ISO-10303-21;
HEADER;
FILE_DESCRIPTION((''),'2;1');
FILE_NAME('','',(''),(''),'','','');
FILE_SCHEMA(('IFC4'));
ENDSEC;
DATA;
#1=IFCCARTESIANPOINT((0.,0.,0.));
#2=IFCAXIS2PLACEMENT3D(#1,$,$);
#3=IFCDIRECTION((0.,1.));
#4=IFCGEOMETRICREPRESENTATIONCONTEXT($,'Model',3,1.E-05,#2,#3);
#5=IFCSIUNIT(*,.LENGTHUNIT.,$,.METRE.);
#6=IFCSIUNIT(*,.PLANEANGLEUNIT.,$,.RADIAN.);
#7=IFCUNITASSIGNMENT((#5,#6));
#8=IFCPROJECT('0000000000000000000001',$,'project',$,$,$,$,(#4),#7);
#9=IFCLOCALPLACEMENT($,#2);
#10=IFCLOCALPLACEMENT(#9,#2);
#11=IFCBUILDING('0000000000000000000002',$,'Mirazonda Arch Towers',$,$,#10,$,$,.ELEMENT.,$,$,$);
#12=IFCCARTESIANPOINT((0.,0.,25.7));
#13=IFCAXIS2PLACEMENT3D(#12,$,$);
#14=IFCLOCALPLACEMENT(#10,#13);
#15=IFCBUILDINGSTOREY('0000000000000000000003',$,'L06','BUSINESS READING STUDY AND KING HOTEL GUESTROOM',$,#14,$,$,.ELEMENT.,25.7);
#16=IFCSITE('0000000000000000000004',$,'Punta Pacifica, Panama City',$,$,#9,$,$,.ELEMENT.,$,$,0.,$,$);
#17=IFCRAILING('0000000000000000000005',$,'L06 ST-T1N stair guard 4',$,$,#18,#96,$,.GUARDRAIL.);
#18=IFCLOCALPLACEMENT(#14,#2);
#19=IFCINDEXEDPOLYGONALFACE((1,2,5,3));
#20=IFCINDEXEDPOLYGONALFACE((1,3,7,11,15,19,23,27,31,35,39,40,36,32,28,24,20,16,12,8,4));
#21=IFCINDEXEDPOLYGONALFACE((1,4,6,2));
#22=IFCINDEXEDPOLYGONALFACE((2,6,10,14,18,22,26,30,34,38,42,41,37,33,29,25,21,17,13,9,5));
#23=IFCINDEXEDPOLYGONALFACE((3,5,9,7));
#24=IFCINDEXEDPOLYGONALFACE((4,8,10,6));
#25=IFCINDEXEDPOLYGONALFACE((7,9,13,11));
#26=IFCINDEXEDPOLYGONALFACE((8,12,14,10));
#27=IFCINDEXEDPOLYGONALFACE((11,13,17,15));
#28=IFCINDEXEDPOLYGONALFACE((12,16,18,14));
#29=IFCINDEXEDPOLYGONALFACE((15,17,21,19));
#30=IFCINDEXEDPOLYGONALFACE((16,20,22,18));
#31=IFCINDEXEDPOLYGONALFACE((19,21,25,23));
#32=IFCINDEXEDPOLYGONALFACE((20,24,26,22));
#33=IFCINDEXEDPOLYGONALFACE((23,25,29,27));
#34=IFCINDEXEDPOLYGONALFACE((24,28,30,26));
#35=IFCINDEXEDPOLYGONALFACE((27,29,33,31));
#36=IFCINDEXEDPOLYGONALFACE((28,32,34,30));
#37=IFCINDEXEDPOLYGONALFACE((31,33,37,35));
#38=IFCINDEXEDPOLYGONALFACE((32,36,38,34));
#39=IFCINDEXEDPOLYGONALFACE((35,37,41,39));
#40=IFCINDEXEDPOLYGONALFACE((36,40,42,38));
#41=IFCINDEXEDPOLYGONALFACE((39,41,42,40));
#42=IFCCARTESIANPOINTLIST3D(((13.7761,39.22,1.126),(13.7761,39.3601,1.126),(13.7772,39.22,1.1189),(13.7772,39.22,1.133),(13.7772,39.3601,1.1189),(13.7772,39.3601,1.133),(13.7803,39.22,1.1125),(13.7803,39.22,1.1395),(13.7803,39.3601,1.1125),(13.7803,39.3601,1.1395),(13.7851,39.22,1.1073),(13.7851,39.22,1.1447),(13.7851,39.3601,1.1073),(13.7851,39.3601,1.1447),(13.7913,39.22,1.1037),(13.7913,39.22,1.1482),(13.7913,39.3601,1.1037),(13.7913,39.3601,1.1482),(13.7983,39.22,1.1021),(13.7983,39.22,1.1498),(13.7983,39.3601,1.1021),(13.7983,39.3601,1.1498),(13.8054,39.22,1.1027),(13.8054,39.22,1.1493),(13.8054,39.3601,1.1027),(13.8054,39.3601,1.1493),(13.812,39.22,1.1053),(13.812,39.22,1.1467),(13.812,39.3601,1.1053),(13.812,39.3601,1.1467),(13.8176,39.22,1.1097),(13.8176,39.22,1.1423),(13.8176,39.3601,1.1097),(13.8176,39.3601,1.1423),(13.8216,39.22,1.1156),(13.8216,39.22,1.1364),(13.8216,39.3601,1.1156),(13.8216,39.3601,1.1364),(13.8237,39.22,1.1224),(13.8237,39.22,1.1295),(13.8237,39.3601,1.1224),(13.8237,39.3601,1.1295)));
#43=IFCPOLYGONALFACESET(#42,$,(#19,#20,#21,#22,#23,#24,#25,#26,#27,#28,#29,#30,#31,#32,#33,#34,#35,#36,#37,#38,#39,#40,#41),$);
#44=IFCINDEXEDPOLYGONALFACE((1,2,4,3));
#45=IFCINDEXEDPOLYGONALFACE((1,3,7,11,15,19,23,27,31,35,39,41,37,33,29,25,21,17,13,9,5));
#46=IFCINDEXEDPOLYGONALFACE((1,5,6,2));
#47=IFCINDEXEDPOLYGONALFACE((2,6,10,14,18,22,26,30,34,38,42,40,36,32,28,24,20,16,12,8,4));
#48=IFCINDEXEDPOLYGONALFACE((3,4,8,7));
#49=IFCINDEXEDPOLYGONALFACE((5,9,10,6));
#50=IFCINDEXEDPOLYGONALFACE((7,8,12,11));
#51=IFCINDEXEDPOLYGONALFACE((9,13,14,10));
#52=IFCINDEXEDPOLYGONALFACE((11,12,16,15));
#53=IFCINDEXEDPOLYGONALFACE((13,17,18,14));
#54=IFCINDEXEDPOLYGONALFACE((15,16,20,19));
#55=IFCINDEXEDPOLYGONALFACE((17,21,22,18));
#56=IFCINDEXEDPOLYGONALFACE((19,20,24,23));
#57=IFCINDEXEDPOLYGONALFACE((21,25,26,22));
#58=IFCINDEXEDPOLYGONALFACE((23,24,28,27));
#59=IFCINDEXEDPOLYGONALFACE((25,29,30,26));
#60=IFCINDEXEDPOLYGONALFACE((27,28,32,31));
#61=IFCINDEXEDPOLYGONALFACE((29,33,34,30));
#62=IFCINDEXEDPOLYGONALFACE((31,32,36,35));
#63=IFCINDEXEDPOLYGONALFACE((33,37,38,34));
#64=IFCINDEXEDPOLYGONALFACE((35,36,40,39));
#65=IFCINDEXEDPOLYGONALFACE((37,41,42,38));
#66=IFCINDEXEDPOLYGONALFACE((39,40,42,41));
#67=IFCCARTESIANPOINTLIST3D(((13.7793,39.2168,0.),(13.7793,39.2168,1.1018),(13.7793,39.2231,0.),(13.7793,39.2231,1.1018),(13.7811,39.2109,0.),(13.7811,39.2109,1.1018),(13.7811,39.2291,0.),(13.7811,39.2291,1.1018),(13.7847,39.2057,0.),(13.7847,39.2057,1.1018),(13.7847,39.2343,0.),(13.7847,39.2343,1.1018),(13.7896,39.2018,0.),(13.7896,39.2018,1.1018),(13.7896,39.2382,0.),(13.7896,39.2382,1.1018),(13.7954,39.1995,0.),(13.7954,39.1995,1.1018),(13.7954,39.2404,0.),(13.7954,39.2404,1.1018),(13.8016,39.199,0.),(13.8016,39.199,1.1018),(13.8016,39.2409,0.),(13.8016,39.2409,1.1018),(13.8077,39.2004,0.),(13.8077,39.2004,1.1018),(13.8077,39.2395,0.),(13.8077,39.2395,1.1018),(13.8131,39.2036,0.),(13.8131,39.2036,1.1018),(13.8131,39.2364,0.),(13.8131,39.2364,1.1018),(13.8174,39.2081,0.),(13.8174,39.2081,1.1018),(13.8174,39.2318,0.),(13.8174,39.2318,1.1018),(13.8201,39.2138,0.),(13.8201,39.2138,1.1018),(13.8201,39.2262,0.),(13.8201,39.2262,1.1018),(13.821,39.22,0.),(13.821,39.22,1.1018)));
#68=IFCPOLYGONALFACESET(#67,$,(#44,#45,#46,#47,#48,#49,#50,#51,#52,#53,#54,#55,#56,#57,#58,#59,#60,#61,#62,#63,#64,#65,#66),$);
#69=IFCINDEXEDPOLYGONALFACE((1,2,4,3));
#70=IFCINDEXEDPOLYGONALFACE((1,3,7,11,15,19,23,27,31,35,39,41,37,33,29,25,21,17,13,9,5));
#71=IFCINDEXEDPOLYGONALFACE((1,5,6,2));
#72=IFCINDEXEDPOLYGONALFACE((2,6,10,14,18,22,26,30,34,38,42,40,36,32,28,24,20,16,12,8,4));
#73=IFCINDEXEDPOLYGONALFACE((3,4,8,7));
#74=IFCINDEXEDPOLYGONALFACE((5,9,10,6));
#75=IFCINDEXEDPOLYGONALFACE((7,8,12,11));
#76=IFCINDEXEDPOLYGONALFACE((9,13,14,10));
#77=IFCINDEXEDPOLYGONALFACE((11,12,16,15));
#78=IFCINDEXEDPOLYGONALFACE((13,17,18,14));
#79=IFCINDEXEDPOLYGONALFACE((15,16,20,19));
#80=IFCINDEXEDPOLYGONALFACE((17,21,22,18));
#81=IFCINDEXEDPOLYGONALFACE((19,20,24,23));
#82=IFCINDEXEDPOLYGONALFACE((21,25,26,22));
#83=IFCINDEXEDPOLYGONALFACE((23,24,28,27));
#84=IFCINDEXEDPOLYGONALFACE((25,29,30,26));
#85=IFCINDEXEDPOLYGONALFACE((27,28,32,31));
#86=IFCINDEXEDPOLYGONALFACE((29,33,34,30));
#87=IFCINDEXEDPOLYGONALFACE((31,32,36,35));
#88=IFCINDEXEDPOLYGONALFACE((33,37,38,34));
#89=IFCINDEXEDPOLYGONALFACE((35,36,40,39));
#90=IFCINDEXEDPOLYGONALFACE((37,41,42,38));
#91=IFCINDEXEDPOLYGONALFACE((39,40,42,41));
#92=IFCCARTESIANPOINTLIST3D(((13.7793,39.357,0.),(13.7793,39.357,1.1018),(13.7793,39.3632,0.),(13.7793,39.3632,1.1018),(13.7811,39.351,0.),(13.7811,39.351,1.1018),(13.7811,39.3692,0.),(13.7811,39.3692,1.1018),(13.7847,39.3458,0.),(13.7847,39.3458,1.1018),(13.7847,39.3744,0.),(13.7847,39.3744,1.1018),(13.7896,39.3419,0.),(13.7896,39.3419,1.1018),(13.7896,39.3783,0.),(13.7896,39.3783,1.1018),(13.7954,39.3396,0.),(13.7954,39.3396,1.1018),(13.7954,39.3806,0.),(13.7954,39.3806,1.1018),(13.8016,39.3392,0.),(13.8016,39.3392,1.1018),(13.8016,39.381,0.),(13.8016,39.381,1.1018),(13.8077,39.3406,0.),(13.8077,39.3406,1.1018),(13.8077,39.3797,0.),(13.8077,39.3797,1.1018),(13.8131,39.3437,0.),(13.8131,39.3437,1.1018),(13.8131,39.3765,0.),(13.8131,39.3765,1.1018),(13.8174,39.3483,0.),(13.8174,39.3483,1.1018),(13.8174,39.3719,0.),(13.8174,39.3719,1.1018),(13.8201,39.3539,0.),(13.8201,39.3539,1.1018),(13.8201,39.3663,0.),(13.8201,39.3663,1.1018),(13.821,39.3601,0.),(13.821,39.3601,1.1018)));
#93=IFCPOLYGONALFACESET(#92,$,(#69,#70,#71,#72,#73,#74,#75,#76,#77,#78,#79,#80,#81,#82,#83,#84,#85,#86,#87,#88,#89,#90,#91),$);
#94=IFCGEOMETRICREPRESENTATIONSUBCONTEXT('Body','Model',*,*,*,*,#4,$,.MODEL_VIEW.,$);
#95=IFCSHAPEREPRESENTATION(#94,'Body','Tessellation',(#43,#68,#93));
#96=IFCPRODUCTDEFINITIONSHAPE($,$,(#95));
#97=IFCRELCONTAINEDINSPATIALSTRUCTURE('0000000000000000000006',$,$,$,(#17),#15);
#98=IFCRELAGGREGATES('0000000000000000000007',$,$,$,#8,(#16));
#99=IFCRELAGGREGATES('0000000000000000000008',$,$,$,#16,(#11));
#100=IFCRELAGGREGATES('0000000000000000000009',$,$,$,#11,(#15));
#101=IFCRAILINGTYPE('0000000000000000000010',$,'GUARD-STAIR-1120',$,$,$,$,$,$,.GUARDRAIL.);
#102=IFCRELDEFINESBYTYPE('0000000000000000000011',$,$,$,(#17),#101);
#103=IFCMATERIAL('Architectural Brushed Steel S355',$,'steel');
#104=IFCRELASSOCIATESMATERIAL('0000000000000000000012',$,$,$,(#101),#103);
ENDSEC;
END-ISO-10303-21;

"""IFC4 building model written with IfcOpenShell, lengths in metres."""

from ifc_helpers import new_model, si_unit, direction, frame, origin, origin_2d, place, context, subcontext, project, spatial, circle, extrude, material, type_object, element, save


model = new_model("IFC4")

# Units and contexts
model_context = context("Model", 3, precision=1e-05, world=origin(), true_north=direction((0.0, 1.0)))
body_context = subcontext(model_context, "Body", "Model", "MODEL_VIEW")
ifc_project = project(units=[si_unit("LENGTHUNIT", "METRE"), si_unit("PLANEANGLEUNIT", "RADIAN")], contexts=[model_context])

# Site, building, storey
site_placement = place(None, origin())
site = spatial("IfcSite", under=ifc_project, at=site_placement, Name="Punta Pacifica, Panama City", CompositionType="ELEMENT", RefElevation=0.0)
building_placement = place(site_placement, origin())
building = spatial("IfcBuilding", under=site, at=building_placement, Name="Mirazonda Arch Towers", CompositionType="ELEMENT")
storey_placement = place(building_placement, frame((0.0, 0.0, 25.7)))
storey = spatial("IfcBuildingStorey", under=building, at=storey_placement, Name="L06", Description="BUSINESS READING STUDY AND KING HOTEL GUESTROOM", CompositionType="ELEMENT", Elevation=25.7)

# Shared definitions
ifc_material_1 = material(Name="Architectural Brushed Steel S355", Category="steel")

# Railing
railing_type_1 = type_object("IfcRailingType", Name="GUARD-STAIR-1120", PredefinedType="GUARDRAIL", material=ifc_material_1)
railing_1_placement = place(storey_placement, frame((13.8, 39.22, 0.0)))
element("IfcRailing", 1, at=railing_1_placement, inside=storey, type_object=railing_type_1, Name="L06 ST-T1N stair guard 4", PredefinedType="GUARDRAIL", context=body_context, shape_type="SweptSolid", body=[
    extrude(circle(Radius=0.0239, at=origin_2d()), frame((0.0, 0.0, 1.126), z_axis=(0.0, 1.0, 0.0), x_axis=(-1.0, 0.0, 0.0)), (0.0, 0.0, 1.0), 0.1401),
    extrude(circle(Radius=0.021, at=origin_2d()), origin(), (0.0, 0.0, 1.0), 1.1018),
    extrude(circle(Radius=0.021, at=origin_2d()), frame((0.0, 0.1401, 0.0)), (0.0, 0.0, 1.0), 1.1018),
])

save(model, "model.ifc")
